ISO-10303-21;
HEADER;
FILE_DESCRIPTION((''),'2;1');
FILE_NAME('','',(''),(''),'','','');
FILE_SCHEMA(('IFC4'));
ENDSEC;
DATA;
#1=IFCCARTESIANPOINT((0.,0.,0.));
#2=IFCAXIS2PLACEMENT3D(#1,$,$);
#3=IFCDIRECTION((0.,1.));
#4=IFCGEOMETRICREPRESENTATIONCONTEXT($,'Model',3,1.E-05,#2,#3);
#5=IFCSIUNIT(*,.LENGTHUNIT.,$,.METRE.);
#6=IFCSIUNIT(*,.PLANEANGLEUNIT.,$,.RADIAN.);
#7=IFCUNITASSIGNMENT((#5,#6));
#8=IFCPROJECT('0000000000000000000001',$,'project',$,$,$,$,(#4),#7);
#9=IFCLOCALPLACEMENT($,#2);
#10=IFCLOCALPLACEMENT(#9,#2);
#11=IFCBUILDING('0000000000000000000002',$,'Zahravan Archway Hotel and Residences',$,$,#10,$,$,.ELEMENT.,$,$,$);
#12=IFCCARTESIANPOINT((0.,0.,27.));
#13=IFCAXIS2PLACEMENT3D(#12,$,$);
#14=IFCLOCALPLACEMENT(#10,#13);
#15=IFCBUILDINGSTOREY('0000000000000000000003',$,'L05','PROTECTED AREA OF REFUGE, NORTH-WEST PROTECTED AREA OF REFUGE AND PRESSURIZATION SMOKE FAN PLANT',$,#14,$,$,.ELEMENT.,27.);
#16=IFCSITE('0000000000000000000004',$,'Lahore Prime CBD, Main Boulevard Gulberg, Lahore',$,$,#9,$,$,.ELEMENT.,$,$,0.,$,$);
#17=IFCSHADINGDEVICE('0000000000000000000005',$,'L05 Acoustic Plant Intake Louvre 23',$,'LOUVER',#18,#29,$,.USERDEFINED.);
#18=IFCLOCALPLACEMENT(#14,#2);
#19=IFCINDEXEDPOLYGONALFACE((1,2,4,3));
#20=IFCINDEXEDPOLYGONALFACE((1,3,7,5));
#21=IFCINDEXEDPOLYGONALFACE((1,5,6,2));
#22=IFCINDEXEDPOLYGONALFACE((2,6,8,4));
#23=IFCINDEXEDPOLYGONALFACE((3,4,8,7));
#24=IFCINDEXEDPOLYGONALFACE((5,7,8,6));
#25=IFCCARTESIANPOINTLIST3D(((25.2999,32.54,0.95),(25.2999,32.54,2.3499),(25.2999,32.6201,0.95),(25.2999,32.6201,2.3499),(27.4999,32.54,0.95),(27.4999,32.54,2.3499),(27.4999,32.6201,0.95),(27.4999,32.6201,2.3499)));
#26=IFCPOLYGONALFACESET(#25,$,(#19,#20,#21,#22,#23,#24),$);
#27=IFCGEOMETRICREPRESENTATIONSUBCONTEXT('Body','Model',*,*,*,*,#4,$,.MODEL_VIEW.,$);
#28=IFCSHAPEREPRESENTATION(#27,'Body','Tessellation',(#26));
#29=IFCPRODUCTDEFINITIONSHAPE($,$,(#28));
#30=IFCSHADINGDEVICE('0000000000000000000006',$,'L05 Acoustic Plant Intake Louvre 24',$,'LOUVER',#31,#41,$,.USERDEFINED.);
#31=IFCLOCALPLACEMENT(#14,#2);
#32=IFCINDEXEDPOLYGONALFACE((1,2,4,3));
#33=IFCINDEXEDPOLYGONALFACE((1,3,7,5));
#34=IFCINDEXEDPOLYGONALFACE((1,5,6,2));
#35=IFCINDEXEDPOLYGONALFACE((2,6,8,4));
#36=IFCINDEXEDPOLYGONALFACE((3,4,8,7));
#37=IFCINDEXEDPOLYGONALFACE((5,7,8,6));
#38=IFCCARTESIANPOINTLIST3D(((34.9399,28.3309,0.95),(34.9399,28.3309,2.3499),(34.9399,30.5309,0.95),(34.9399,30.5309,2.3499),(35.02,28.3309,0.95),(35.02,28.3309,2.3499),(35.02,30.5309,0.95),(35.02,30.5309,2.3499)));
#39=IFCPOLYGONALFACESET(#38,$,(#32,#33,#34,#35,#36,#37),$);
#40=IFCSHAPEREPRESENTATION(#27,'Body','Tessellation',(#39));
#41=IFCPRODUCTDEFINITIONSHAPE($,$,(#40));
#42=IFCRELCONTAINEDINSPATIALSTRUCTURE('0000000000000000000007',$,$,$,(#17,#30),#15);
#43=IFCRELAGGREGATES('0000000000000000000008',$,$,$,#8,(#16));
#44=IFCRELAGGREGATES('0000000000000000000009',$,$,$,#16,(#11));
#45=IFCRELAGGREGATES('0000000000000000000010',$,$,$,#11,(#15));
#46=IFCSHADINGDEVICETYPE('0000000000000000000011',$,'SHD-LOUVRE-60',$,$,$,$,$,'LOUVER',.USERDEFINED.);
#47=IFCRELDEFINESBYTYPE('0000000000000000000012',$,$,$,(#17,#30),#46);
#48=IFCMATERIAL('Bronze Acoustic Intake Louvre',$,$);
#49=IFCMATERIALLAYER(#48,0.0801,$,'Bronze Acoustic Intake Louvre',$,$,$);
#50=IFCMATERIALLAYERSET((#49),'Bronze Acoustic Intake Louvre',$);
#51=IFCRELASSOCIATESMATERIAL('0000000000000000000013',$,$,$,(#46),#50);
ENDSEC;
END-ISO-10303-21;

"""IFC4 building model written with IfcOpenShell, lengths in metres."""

from ifc_helpers import new_model, si_unit, direction, frame, origin, origin_2d, place, context, subcontext, project, spatial, rectangle, extrude, source, transform, mapped, material, layer, layer_set, type_object, type_shapes, element, save


model = new_model("IFC4")

# Units and contexts
model_context = context("Model", 3, precision=1e-05, world=origin(), true_north=direction((0.0, 1.0)))
body_context = subcontext(model_context, "Body", "Model", "MODEL_VIEW")
ifc_project = project(units=[si_unit("LENGTHUNIT", "METRE"), si_unit("PLANEANGLEUNIT", "RADIAN")], contexts=[model_context])

# Site, building, storey
site_placement = place(None, origin())
site = spatial("IfcSite", under=ifc_project, at=site_placement, Name="Lahore Prime CBD, Main Boulevard Gulberg, Lahore", CompositionType="ELEMENT", RefElevation=0.0)
building_placement = place(site_placement, origin())
building = spatial("IfcBuilding", under=site, at=building_placement, Name="Zahravan Archway Hotel and Residences", CompositionType="ELEMENT")
storey_placement = place(building_placement, frame((0.0, 0.0, 27.0)))
storey = spatial("IfcBuildingStorey", under=building, at=storey_placement, Name="L05", Description="PROTECTED AREA OF REFUGE, NORTH-WEST PROTECTED AREA OF REFUGE AND PRESSURIZATION SMOKE FAN PLANT", CompositionType="ELEMENT", Elevation=27.0)

# Shading devices
ifc_material_1 = material(Name="Bronze Acoustic Intake Louvre")
ifc_layer_1 = layer(ifc_material_1, 0.0801, Name="Bronze Acoustic Intake Louvre")
ifc_layer_set_1 = layer_set([ifc_layer_1], Name="Bronze Acoustic Intake Louvre")
shading_device_type = type_object("IfcShadingDeviceType", Name="SHD-LOUVRE-60", ElementType="LOUVER", PredefinedType="USERDEFINED", material=ifc_layer_set_1)
shared_shape_1 = source(origin(), body_context, "Body", "SweptSolid", [
    extrude(rectangle(XDim=2.2, YDim=0.0801, at=origin_2d()), origin(), (0.0, 0.0, 1.0), 1.3999),
])
type_shapes(shading_device_type, [shared_shape_1])
for number, where, z_axis, x_axis, name in (
    (1, (26.3999, 32.5801, 0.95), (0.0, 0.0, 1.0), (1.0, 0.0, 0.0), "L05 Acoustic Plant Intake Louvre 23"),
    (2, (34.98, 29.4309, 0.95), (0.0, 0.0, 1.0), (0.0, 1.0, 0.0), "L05 Acoustic Plant Intake Louvre 24"),
):
    element("IfcShadingDevice", number, at=place(storey_placement, frame(where, z_axis=z_axis, x_axis=x_axis)), inside=storey, type_object=shading_device_type, Name=name, ObjectType="LOUVER", PredefinedType="USERDEFINED", context=body_context, shape_type="MappedRepresentation", body=[
        mapped(shared_shape_1, transform((0.0, 0.0, 0.0), scale=1.0)),
    ])

save(model, "model.ifc")
